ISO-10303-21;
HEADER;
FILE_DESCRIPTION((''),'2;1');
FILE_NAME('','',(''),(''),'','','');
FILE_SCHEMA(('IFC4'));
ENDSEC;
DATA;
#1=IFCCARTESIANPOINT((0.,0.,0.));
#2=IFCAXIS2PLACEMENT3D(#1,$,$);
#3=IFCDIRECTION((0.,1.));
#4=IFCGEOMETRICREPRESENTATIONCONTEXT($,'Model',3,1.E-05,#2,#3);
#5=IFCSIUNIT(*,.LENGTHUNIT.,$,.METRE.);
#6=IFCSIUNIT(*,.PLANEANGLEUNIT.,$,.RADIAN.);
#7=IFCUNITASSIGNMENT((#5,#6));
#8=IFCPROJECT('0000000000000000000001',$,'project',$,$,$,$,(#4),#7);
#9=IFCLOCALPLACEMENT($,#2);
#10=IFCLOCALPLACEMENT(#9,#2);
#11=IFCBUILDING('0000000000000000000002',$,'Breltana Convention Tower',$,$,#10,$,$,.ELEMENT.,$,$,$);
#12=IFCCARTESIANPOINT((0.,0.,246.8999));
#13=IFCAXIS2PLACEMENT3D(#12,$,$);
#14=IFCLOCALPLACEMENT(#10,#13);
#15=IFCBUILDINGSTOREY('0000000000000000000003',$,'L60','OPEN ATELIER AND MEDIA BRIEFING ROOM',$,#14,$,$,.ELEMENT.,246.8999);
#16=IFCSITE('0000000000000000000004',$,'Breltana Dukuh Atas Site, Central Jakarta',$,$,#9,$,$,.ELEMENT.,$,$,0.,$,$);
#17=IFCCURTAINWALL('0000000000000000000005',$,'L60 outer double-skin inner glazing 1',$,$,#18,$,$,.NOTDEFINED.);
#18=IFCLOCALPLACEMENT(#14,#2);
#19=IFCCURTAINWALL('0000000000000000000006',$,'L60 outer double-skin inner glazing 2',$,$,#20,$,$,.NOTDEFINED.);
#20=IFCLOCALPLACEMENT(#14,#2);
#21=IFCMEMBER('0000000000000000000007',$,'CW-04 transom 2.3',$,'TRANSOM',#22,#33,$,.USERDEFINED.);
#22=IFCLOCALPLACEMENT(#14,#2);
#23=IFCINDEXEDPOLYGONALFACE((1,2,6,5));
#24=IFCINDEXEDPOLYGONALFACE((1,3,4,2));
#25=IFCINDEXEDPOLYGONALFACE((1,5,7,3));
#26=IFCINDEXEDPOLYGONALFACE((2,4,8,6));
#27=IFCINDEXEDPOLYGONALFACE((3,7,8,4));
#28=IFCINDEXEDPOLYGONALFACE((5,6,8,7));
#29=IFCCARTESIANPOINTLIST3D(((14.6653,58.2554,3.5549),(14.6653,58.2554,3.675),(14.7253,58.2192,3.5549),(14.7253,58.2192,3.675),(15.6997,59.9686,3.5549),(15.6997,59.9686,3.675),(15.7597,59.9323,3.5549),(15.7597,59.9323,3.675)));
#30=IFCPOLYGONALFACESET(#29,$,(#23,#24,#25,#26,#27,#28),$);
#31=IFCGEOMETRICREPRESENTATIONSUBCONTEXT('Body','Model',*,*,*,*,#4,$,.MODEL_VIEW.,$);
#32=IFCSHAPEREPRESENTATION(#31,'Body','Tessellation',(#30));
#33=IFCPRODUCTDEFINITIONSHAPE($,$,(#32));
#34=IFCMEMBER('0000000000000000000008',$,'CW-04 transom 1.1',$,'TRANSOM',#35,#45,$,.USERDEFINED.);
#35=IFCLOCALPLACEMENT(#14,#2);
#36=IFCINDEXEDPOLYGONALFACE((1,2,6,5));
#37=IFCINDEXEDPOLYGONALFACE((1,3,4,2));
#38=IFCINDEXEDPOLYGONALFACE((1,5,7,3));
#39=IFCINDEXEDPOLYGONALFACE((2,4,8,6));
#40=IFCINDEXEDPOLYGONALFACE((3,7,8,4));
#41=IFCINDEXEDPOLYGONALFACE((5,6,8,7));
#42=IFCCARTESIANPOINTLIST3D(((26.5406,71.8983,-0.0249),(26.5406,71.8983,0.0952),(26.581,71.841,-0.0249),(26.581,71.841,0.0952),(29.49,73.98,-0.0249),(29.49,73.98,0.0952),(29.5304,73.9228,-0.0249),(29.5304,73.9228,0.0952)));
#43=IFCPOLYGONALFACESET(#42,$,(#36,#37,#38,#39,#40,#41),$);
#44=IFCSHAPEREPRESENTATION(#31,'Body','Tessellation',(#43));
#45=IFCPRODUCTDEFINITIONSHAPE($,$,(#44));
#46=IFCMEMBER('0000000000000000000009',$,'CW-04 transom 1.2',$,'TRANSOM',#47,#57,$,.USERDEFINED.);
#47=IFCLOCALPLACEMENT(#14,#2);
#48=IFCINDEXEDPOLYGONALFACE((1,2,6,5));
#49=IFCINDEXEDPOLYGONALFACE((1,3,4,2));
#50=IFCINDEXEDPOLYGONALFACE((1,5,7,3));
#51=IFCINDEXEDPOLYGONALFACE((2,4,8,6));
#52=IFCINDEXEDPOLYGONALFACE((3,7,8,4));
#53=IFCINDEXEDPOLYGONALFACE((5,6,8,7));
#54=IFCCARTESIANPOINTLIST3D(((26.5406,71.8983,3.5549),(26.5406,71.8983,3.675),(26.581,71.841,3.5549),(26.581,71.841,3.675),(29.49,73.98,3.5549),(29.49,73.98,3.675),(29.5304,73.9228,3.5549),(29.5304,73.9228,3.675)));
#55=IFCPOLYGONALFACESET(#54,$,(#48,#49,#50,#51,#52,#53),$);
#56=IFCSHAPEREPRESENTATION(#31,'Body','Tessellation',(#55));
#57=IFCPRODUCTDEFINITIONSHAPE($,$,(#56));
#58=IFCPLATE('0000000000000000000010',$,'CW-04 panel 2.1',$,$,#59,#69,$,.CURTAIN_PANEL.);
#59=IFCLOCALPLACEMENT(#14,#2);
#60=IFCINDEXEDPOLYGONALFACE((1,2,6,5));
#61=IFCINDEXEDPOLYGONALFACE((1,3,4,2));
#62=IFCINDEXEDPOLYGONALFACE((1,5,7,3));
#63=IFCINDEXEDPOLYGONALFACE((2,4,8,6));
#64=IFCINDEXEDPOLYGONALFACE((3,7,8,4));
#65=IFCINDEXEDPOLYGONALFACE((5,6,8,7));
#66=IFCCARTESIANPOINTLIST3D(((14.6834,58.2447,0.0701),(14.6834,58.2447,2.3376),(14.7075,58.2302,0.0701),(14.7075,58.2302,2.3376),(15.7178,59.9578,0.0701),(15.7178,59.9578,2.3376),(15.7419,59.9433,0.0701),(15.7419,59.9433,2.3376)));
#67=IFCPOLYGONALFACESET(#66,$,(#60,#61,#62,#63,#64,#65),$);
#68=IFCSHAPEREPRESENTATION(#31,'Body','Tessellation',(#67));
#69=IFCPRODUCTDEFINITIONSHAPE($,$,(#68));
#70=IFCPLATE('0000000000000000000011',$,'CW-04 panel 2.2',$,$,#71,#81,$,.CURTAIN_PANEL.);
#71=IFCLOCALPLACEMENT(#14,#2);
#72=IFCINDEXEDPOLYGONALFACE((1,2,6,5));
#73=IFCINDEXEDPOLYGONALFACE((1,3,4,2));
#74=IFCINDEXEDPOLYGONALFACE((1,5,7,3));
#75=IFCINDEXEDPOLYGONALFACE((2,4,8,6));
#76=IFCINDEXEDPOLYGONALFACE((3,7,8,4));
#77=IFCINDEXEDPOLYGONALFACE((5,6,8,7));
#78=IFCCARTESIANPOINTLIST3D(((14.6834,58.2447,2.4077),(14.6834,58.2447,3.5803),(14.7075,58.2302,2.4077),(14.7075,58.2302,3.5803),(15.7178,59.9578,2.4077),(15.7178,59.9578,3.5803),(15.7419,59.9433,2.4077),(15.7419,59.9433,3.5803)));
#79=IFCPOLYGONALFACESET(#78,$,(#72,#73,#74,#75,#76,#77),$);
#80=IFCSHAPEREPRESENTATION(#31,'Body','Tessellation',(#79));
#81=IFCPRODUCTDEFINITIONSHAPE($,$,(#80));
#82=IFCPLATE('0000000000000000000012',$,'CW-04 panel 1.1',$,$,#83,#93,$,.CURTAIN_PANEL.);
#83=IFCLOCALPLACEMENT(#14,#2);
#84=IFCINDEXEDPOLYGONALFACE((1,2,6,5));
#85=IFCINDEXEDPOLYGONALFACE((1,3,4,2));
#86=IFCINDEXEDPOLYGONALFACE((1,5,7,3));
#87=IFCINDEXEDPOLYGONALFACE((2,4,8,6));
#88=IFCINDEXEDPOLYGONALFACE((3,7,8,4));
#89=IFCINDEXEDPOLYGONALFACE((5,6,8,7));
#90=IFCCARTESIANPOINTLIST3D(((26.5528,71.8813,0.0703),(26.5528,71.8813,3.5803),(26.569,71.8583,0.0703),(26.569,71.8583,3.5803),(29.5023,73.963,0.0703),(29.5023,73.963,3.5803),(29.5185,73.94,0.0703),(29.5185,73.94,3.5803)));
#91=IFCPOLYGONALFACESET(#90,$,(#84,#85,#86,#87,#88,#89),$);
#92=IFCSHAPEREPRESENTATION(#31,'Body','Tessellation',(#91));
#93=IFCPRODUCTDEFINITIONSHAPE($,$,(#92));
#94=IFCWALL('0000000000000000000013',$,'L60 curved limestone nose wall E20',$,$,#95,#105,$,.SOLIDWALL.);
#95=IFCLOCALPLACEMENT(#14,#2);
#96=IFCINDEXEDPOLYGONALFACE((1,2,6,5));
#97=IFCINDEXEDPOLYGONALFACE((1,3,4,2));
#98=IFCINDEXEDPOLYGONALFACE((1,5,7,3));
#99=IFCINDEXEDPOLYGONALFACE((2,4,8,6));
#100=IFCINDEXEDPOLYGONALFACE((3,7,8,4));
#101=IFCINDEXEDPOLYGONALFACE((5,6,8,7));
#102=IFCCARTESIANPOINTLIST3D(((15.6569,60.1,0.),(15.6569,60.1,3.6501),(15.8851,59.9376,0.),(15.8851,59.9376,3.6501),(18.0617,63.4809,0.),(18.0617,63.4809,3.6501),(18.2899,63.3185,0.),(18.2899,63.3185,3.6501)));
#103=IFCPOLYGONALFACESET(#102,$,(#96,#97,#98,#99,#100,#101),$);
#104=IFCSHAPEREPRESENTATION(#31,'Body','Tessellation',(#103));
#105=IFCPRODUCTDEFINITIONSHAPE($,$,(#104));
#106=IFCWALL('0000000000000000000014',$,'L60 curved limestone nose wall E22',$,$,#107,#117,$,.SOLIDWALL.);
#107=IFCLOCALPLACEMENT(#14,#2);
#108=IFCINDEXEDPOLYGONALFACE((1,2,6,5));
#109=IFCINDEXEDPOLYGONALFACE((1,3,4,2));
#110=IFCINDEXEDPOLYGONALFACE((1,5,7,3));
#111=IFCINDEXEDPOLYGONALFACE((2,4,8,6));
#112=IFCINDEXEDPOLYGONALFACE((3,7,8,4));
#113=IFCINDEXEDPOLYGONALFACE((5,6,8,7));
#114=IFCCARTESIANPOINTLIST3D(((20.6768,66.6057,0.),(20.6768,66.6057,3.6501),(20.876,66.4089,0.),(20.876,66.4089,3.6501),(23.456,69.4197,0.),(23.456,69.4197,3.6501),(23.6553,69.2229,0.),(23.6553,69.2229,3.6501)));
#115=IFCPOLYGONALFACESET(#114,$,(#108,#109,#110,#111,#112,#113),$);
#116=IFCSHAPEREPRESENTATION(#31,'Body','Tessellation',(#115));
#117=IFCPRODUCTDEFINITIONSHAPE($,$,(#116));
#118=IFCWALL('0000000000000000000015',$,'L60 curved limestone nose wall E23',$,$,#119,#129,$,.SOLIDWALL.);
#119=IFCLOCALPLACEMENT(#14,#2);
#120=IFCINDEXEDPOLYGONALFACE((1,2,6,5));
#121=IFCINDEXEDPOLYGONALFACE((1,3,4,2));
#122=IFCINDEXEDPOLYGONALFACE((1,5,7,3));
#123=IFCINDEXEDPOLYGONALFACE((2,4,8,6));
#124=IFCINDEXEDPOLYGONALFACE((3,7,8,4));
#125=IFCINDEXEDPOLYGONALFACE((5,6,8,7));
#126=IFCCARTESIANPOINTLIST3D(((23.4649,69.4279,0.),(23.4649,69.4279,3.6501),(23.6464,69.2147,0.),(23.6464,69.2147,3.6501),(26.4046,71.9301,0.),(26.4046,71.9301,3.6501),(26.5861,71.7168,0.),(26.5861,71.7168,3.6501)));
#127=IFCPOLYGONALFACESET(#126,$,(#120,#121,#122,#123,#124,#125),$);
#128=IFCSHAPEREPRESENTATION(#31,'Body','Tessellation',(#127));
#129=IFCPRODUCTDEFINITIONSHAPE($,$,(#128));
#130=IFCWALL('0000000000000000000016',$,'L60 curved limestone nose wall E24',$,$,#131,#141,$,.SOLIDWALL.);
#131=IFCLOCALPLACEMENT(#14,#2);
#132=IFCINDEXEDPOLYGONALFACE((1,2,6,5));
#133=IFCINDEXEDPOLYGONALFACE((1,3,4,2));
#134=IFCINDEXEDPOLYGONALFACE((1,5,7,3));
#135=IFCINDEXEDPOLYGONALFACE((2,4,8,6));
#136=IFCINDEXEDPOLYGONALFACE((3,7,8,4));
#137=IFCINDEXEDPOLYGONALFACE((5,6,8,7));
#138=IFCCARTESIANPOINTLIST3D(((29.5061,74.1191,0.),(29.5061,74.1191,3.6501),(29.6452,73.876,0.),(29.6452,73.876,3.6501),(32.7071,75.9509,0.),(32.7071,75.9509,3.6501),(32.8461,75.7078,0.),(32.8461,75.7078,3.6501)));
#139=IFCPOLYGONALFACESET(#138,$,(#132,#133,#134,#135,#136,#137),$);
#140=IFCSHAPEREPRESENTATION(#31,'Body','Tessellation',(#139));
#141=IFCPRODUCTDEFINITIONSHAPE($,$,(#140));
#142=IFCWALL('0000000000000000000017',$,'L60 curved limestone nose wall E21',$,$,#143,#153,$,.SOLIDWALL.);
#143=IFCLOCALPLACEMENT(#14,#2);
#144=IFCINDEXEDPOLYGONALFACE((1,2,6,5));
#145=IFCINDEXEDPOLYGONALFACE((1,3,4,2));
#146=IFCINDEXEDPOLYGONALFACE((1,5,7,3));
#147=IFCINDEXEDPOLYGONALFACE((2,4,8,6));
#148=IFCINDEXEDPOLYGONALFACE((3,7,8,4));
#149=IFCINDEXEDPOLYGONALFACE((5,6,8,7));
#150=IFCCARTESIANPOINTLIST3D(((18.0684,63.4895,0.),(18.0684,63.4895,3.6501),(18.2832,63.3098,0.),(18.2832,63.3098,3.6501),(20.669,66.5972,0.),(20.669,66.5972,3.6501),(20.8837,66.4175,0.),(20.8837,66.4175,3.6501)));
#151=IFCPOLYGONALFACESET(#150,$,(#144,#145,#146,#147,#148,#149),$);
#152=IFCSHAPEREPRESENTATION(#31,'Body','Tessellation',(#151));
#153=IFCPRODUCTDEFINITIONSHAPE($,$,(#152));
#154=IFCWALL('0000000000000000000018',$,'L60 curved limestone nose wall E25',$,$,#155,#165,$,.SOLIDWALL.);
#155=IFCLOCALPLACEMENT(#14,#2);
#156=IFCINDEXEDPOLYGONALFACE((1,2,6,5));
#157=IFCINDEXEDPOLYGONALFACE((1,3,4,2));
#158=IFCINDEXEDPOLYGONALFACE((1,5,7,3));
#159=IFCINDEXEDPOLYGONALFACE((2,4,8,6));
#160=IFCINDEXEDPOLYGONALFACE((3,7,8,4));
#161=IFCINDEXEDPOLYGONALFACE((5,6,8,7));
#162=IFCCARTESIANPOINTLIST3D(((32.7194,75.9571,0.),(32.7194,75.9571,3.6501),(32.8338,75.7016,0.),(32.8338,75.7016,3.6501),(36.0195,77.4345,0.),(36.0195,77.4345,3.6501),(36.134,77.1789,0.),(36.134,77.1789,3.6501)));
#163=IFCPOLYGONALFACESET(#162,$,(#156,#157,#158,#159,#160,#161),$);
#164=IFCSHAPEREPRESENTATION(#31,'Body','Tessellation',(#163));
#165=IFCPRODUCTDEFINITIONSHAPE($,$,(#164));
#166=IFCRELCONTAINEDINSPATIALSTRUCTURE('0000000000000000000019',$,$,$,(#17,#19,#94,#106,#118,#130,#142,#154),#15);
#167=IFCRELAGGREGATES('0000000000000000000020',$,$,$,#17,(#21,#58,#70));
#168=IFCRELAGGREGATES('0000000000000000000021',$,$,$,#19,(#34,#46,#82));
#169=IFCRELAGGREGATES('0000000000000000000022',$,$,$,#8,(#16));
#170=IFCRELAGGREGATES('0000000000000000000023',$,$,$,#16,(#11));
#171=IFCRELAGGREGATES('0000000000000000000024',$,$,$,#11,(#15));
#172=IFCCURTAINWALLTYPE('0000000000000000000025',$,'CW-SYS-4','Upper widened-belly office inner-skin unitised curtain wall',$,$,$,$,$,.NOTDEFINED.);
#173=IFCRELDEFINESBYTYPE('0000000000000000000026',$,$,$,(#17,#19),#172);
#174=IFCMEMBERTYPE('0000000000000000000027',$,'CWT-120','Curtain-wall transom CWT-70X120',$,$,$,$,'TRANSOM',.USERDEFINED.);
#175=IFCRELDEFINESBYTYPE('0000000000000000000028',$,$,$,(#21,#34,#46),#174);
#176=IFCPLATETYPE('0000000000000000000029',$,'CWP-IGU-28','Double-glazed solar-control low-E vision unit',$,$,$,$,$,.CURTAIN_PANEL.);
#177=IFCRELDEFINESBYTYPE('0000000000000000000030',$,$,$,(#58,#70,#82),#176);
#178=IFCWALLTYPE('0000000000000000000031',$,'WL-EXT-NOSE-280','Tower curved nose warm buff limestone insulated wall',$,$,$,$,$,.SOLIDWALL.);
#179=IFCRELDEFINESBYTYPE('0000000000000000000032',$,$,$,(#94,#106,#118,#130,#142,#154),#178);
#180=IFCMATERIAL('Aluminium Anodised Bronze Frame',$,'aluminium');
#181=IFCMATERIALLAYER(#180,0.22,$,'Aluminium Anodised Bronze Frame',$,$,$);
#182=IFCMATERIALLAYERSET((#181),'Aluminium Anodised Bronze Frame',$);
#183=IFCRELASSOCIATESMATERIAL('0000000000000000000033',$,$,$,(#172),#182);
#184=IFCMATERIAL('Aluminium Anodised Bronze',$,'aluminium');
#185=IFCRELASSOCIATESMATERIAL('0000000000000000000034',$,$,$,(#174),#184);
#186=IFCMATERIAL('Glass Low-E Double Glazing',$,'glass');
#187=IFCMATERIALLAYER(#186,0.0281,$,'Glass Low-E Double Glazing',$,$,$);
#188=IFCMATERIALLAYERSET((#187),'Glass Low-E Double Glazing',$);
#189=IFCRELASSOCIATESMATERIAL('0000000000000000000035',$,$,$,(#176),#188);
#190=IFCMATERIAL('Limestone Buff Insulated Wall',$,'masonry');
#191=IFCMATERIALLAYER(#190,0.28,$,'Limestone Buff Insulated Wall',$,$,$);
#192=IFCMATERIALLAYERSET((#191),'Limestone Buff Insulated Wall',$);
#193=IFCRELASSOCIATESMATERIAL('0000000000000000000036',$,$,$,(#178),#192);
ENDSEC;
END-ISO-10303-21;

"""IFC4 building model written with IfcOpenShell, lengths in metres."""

from ifc_helpers import new_model, si_unit, direction, frame, frame_2d, origin, origin_2d, place, context, subcontext, project, spatial, rectangle, extrude, source, transform, mapped, material, layer, layer_set, material_profile, profile_set, type_object, element, aggregate, save


model = new_model("IFC4")

# Units and contexts
model_context = context("Model", 3, precision=1e-05, world=origin(), true_north=direction((0.0, 1.0)))
body_context = subcontext(model_context, "Body", "Model", "MODEL_VIEW")
ifc_project = project(units=[si_unit("LENGTHUNIT", "METRE"), si_unit("PLANEANGLEUNIT", "RADIAN")], contexts=[model_context])

# Site, building, storey
site_placement = place(None, origin())
site = spatial("IfcSite", under=ifc_project, at=site_placement, Name="Breltana Dukuh Atas Site, Central Jakarta", CompositionType="ELEMENT", RefElevation=0.0)
building_placement = place(site_placement, origin())
building = spatial("IfcBuilding", under=site, at=building_placement, Name="Breltana Convention Tower", CompositionType="ELEMENT")
storey_placement = place(building_placement, frame((0.0, 0.0, 246.8999)))
storey = spatial("IfcBuildingStorey", under=building, at=storey_placement, Name="L60", Description="OPEN ATELIER AND MEDIA BRIEFING ROOM", CompositionType="ELEMENT", Elevation=246.8999)

# Curtain wall
ifc_material_1 = material(Name="Aluminium Anodised Bronze Frame", Category="aluminium")
ifc_layer_1 = layer(ifc_material_1, 0.22, Name="Aluminium Anodised Bronze Frame")
ifc_layer_set_1 = layer_set([ifc_layer_1], Name="Aluminium Anodised Bronze Frame")
curtain_wall_type = type_object("IfcCurtainWallType", Name="CW-SYS-4", Description="Upper widened-belly office inner-skin unitised curtain wall", PredefinedType="NOTDEFINED", material=ifc_layer_set_1)
curtain_wall_1_placement = place(storey_placement, origin())
curtain_wall_1 = element("IfcCurtainWall", 1, at=curtain_wall_1_placement, inside=storey, type_object=curtain_wall_type, Name="L60 outer double-skin inner glazing 1", PredefinedType="NOTDEFINED")
ifc_material_2 = material(Name="Aluminium Anodised Bronze", Category="aluminium")

# Curtain wall
curtain_wall_2_placement = place(storey_placement, origin())
curtain_wall_2 = element("IfcCurtainWall", 2, at=curtain_wall_2_placement, inside=storey, type_object=curtain_wall_type, Name="L60 outer double-skin inner glazing 2", PredefinedType="NOTDEFINED")

# Members
ifc_material_profile_1 = material_profile(ifc_material_2, rectangle(XDim=0.0701, YDim=0.1201, at=origin_2d()), Name="CWT-70X120")
ifc_profile_set_1 = profile_set([ifc_material_profile_1], Name="Aluminium Anodised Bronze")
member_type_1 = type_object("IfcMemberType", Name="CWT-120", Description="Curtain-wall transom CWT-70X120", ElementType="TRANSOM", PredefinedType="USERDEFINED", material=ifc_profile_set_1)
shared_shape_1 = source(origin(), body_context, "Body", "SweptSolid", [
    extrude(rectangle(XDim=0.0701, YDim=0.1201, at=origin_2d()), origin(), (0.0, 0.0, 1.0), 2.0012),
])
member_1_placement = place(storey_placement, frame((14.6953, 58.2373, 3.615), z_axis=(0.516898, 0.856047, 0.0), x_axis=(-0.856047, 0.516898, 0.0)))
member_1 = element("IfcMember", 3, at=member_1_placement, type_object=member_type_1, Name="CW-04 transom 2.3", ObjectType="TRANSOM", PredefinedType="USERDEFINED", context=body_context, shape_type="MappedRepresentation", body=[
    mapped(shared_shape_1, transform((0.0, 0.0, 0.0), scale=1.0)),
])
shared_shape_2 = source(origin(), body_context, "Body", "SweptSolid", [
    extrude(rectangle(XDim=0.0701, YDim=0.1201, at=origin_2d()), origin(), (0.0, 0.0, 1.0), 3.6101),
])
member_2_placement = place(storey_placement, frame((26.5608, 71.8696, 0.0352), z_axis=(0.816992, 0.576649, 0.0), x_axis=(-0.576649, 0.816992, 0.0)))
member_2 = element("IfcMember", 4, at=member_2_placement, type_object=member_type_1, Name="CW-04 transom 1.1", ObjectType="TRANSOM", PredefinedType="USERDEFINED", context=body_context, shape_type="MappedRepresentation", body=[
    mapped(shared_shape_2, transform((0.0, 0.0, 0.0), scale=1.0)),
])
member_3_placement = place(storey_placement, frame((26.5608, 71.8696, 3.615), z_axis=(0.816992, 0.576649, 0.0), x_axis=(-0.576649, 0.816992, 0.0)))
member_3 = element("IfcMember", 5, at=member_3_placement, type_object=member_type_1, Name="CW-04 transom 1.2", ObjectType="TRANSOM", PredefinedType="USERDEFINED", context=body_context, shape_type="MappedRepresentation", body=[
    mapped(shared_shape_2, transform((0.0, 0.0, 0.0), scale=1.0)),
])

# Plates
ifc_material_3 = material(Name="Glass Low-E Double Glazing", Category="glass")
ifc_layer_2 = layer(ifc_material_3, 0.0281, Name="Glass Low-E Double Glazing")
ifc_layer_set_2 = layer_set([ifc_layer_2], Name="Glass Low-E Double Glazing")
plate_type = type_object("IfcPlateType", Name="CWP-IGU-28", Description="Double-glazed solar-control low-E vision unit", PredefinedType="CURTAIN_PANEL", material=ifc_layer_set_2)
shared_shape_3 = source(origin(), body_context, "Body", "SweptSolid", [
    extrude(rectangle(XDim=2.0012, YDim=0.0281, at=origin_2d()), origin(), (0.0, 0.0, 1.0), 2.2676),
])
plate_1_placement = place(storey_placement, frame((15.2126, 59.094, 0.0701), z_axis=(0.0, 0.0, 1.0), x_axis=(0.516875, 0.856061, 0.0)))
plate_1 = element("IfcPlate", 6, at=plate_1_placement, type_object=plate_type, Name="CW-04 panel 2.1", PredefinedType="CURTAIN_PANEL", context=body_context, shape_type="MappedRepresentation", body=[
    mapped(shared_shape_3, transform((0.0, 0.0, 0.0), scale=1.0)),
])
shared_shape_4 = source(origin(), body_context, "Body", "SweptSolid", [
    extrude(rectangle(XDim=2.0012, YDim=0.0281, at=origin_2d()), origin(), (0.0, 0.0, 1.0), 1.1726),
])
plate_2_placement = place(storey_placement, frame((15.2126, 59.094, 2.4077), z_axis=(0.0, 0.0, 1.0), x_axis=(0.516875, 0.856061, 0.0)))
plate_2 = element("IfcPlate", 7, at=plate_2_placement, type_object=plate_type, Name="CW-04 panel 2.2", PredefinedType="CURTAIN_PANEL", context=body_context, shape_type="MappedRepresentation", body=[
    mapped(shared_shape_4, transform((0.0, 0.0, 0.0), scale=1.0)),
])
aggregate(curtain_wall_1, [member_1, plate_1, plate_2])
shared_shape_5 = source(origin(), body_context, "Body", "SweptSolid", [
    extrude(rectangle(XDim=3.6101, YDim=0.0281, at=origin_2d()), origin(), (0.0, 0.0, 1.0), 3.51),
])
plate_3_placement = place(storey_placement, frame((28.0356, 72.9106, 0.0703), z_axis=(0.0, 0.0, 1.0), x_axis=(0.817009, 0.576625, 0.0)))
plate_3 = element("IfcPlate", 8, at=plate_3_placement, type_object=plate_type, Name="CW-04 panel 1.1", PredefinedType="CURTAIN_PANEL", context=body_context, shape_type="MappedRepresentation", body=[
    mapped(shared_shape_5, transform((0.0, 0.0, 0.0), scale=1.0)),
])
aggregate(curtain_wall_2, [member_2, member_3, plate_3])

# Walls
ifc_material_4 = material(Name="Limestone Buff Insulated Wall", Category="masonry")
ifc_layer_3 = layer(ifc_material_4, 0.28, Name="Limestone Buff Insulated Wall")
ifc_layer_set_3 = layer_set([ifc_layer_3], Name="Limestone Buff Insulated Wall")
wall_type = type_object("IfcWallType", Name="WL-EXT-NOSE-280", Description="Tower curved nose warm buff limestone insulated wall", PredefinedType="SOLIDWALL", material=ifc_layer_set_3)
shared_shape_6 = source(origin(), body_context, "Body", "SweptSolid", [
    extrude(rectangle(XDim=4.1489, YDim=0.28, at=frame_2d((2.0745, 0.0))), origin(), (0.0, 0.0, 1.0), 3.6501),
])
wall_1_placement = place(storey_placement, frame((15.771, 60.0188, 0.0), z_axis=(0.0, 0.0, 1.0), x_axis=(0.579623, 0.814885, 0.0)))
element("IfcWall", 9, at=wall_1_placement, inside=storey, type_object=wall_type, Name="L60 curved limestone nose wall E20", PredefinedType="SOLIDWALL", context=body_context, shape_type="MappedRepresentation", body=[
    mapped(shared_shape_6, transform((0.0, 0.0, 0.0), scale=1.0)),
])
shared_shape_7 = source(origin(), body_context, "Body", "SweptSolid", [
    extrude(rectangle(XDim=3.9551, YDim=0.28, at=frame_2d((1.9775, 0.0))), origin(), (0.0, 0.0, 1.0), 3.6501),
])
wall_2_placement = place(storey_placement, frame((20.7764, 66.5073, 0.0), z_axis=(0.0, 0.0, 1.0), x_axis=(0.702711, 0.711476, 0.0)))
element("IfcWall", 10, at=wall_2_placement, inside=storey, type_object=wall_type, Name="L60 curved limestone nose wall E22", PredefinedType="SOLIDWALL", context=body_context, shape_type="MappedRepresentation", body=[
    mapped(shared_shape_7, transform((0.0, 0.0, 0.0), scale=1.0)),
])
shared_shape_8 = source(origin(), body_context, "Body", "SweptSolid", [
    extrude(rectangle(XDim=3.8604, YDim=0.28, at=frame_2d((1.9302, 0.0))), origin(), (0.0, 0.0, 1.0), 3.6501),
])
wall_3_placement = place(storey_placement, frame((23.5557, 69.3213, 0.0), z_axis=(0.0, 0.0, 1.0), x_axis=(0.761498, 0.648168, 0.0)))
element("IfcWall", 11, at=wall_3_placement, inside=storey, type_object=wall_type, Name="L60 curved limestone nose wall E23", PredefinedType="SOLIDWALL", context=body_context, shape_type="MappedRepresentation", body=[
    mapped(shared_shape_8, transform((0.0, 0.0, 0.0), scale=1.0)),
])
shared_shape_9 = source(origin(), body_context, "Body", "SweptSolid", [
    extrude(rectangle(XDim=3.688, YDim=0.28, at=frame_2d((1.844, 0.0))), origin(), (0.0, 0.0, 1.0), 3.6501),
])
wall_4_placement = place(storey_placement, frame((29.5757, 73.9976, 0.0), z_axis=(0.0, 0.0, 1.0), x_axis=(0.867929, 0.496688, 0.0)))
element("IfcWall", 12, at=wall_4_placement, inside=storey, type_object=wall_type, Name="L60 curved limestone nose wall E24", PredefinedType="SOLIDWALL", context=body_context, shape_type="MappedRepresentation", body=[
    mapped(shared_shape_9, transform((0.0, 0.0, 0.0), scale=1.0)),
])
shared_shape_10 = source(origin(), body_context, "Body", "SweptSolid", [
    extrude(rectangle(XDim=4.0522, YDim=0.28, at=frame_2d((2.0261, 0.0))), origin(), (0.0, 0.0, 1.0), 3.6501),
])
wall_5_placement = place(storey_placement, frame((18.1758, 63.3997, 0.0), z_axis=(0.0, 0.0, 1.0), x_axis=(0.641765, 0.766901, 0.0)))
element("IfcWall", 13, at=wall_5_placement, inside=storey, type_object=wall_type, Name="L60 curved limestone nose wall E21", PredefinedType="SOLIDWALL", context=body_context, shape_type="MappedRepresentation", body=[
    mapped(shared_shape_10, transform((0.0, 0.0, 0.0), scale=1.0)),
])
shared_shape_11 = source(origin(), body_context, "Body", "SweptSolid", [
    extrude(rectangle(XDim=3.6157, YDim=0.28, at=frame_2d((1.8079, 0.0))), origin(), (0.0, 0.0, 1.0), 3.6501),
])
wall_6_placement = place(storey_placement, frame((32.7766, 75.8293, 0.0), z_axis=(0.0, 0.0, 1.0), x_axis=(0.91272, 0.408587, 0.0)))
element("IfcWall", 14, at=wall_6_placement, inside=storey, type_object=wall_type, Name="L60 curved limestone nose wall E25", PredefinedType="SOLIDWALL", context=body_context, shape_type="MappedRepresentation", body=[
    mapped(shared_shape_11, transform((0.0, 0.0, 0.0), scale=1.0)),
])

save(model, "model.ifc")
